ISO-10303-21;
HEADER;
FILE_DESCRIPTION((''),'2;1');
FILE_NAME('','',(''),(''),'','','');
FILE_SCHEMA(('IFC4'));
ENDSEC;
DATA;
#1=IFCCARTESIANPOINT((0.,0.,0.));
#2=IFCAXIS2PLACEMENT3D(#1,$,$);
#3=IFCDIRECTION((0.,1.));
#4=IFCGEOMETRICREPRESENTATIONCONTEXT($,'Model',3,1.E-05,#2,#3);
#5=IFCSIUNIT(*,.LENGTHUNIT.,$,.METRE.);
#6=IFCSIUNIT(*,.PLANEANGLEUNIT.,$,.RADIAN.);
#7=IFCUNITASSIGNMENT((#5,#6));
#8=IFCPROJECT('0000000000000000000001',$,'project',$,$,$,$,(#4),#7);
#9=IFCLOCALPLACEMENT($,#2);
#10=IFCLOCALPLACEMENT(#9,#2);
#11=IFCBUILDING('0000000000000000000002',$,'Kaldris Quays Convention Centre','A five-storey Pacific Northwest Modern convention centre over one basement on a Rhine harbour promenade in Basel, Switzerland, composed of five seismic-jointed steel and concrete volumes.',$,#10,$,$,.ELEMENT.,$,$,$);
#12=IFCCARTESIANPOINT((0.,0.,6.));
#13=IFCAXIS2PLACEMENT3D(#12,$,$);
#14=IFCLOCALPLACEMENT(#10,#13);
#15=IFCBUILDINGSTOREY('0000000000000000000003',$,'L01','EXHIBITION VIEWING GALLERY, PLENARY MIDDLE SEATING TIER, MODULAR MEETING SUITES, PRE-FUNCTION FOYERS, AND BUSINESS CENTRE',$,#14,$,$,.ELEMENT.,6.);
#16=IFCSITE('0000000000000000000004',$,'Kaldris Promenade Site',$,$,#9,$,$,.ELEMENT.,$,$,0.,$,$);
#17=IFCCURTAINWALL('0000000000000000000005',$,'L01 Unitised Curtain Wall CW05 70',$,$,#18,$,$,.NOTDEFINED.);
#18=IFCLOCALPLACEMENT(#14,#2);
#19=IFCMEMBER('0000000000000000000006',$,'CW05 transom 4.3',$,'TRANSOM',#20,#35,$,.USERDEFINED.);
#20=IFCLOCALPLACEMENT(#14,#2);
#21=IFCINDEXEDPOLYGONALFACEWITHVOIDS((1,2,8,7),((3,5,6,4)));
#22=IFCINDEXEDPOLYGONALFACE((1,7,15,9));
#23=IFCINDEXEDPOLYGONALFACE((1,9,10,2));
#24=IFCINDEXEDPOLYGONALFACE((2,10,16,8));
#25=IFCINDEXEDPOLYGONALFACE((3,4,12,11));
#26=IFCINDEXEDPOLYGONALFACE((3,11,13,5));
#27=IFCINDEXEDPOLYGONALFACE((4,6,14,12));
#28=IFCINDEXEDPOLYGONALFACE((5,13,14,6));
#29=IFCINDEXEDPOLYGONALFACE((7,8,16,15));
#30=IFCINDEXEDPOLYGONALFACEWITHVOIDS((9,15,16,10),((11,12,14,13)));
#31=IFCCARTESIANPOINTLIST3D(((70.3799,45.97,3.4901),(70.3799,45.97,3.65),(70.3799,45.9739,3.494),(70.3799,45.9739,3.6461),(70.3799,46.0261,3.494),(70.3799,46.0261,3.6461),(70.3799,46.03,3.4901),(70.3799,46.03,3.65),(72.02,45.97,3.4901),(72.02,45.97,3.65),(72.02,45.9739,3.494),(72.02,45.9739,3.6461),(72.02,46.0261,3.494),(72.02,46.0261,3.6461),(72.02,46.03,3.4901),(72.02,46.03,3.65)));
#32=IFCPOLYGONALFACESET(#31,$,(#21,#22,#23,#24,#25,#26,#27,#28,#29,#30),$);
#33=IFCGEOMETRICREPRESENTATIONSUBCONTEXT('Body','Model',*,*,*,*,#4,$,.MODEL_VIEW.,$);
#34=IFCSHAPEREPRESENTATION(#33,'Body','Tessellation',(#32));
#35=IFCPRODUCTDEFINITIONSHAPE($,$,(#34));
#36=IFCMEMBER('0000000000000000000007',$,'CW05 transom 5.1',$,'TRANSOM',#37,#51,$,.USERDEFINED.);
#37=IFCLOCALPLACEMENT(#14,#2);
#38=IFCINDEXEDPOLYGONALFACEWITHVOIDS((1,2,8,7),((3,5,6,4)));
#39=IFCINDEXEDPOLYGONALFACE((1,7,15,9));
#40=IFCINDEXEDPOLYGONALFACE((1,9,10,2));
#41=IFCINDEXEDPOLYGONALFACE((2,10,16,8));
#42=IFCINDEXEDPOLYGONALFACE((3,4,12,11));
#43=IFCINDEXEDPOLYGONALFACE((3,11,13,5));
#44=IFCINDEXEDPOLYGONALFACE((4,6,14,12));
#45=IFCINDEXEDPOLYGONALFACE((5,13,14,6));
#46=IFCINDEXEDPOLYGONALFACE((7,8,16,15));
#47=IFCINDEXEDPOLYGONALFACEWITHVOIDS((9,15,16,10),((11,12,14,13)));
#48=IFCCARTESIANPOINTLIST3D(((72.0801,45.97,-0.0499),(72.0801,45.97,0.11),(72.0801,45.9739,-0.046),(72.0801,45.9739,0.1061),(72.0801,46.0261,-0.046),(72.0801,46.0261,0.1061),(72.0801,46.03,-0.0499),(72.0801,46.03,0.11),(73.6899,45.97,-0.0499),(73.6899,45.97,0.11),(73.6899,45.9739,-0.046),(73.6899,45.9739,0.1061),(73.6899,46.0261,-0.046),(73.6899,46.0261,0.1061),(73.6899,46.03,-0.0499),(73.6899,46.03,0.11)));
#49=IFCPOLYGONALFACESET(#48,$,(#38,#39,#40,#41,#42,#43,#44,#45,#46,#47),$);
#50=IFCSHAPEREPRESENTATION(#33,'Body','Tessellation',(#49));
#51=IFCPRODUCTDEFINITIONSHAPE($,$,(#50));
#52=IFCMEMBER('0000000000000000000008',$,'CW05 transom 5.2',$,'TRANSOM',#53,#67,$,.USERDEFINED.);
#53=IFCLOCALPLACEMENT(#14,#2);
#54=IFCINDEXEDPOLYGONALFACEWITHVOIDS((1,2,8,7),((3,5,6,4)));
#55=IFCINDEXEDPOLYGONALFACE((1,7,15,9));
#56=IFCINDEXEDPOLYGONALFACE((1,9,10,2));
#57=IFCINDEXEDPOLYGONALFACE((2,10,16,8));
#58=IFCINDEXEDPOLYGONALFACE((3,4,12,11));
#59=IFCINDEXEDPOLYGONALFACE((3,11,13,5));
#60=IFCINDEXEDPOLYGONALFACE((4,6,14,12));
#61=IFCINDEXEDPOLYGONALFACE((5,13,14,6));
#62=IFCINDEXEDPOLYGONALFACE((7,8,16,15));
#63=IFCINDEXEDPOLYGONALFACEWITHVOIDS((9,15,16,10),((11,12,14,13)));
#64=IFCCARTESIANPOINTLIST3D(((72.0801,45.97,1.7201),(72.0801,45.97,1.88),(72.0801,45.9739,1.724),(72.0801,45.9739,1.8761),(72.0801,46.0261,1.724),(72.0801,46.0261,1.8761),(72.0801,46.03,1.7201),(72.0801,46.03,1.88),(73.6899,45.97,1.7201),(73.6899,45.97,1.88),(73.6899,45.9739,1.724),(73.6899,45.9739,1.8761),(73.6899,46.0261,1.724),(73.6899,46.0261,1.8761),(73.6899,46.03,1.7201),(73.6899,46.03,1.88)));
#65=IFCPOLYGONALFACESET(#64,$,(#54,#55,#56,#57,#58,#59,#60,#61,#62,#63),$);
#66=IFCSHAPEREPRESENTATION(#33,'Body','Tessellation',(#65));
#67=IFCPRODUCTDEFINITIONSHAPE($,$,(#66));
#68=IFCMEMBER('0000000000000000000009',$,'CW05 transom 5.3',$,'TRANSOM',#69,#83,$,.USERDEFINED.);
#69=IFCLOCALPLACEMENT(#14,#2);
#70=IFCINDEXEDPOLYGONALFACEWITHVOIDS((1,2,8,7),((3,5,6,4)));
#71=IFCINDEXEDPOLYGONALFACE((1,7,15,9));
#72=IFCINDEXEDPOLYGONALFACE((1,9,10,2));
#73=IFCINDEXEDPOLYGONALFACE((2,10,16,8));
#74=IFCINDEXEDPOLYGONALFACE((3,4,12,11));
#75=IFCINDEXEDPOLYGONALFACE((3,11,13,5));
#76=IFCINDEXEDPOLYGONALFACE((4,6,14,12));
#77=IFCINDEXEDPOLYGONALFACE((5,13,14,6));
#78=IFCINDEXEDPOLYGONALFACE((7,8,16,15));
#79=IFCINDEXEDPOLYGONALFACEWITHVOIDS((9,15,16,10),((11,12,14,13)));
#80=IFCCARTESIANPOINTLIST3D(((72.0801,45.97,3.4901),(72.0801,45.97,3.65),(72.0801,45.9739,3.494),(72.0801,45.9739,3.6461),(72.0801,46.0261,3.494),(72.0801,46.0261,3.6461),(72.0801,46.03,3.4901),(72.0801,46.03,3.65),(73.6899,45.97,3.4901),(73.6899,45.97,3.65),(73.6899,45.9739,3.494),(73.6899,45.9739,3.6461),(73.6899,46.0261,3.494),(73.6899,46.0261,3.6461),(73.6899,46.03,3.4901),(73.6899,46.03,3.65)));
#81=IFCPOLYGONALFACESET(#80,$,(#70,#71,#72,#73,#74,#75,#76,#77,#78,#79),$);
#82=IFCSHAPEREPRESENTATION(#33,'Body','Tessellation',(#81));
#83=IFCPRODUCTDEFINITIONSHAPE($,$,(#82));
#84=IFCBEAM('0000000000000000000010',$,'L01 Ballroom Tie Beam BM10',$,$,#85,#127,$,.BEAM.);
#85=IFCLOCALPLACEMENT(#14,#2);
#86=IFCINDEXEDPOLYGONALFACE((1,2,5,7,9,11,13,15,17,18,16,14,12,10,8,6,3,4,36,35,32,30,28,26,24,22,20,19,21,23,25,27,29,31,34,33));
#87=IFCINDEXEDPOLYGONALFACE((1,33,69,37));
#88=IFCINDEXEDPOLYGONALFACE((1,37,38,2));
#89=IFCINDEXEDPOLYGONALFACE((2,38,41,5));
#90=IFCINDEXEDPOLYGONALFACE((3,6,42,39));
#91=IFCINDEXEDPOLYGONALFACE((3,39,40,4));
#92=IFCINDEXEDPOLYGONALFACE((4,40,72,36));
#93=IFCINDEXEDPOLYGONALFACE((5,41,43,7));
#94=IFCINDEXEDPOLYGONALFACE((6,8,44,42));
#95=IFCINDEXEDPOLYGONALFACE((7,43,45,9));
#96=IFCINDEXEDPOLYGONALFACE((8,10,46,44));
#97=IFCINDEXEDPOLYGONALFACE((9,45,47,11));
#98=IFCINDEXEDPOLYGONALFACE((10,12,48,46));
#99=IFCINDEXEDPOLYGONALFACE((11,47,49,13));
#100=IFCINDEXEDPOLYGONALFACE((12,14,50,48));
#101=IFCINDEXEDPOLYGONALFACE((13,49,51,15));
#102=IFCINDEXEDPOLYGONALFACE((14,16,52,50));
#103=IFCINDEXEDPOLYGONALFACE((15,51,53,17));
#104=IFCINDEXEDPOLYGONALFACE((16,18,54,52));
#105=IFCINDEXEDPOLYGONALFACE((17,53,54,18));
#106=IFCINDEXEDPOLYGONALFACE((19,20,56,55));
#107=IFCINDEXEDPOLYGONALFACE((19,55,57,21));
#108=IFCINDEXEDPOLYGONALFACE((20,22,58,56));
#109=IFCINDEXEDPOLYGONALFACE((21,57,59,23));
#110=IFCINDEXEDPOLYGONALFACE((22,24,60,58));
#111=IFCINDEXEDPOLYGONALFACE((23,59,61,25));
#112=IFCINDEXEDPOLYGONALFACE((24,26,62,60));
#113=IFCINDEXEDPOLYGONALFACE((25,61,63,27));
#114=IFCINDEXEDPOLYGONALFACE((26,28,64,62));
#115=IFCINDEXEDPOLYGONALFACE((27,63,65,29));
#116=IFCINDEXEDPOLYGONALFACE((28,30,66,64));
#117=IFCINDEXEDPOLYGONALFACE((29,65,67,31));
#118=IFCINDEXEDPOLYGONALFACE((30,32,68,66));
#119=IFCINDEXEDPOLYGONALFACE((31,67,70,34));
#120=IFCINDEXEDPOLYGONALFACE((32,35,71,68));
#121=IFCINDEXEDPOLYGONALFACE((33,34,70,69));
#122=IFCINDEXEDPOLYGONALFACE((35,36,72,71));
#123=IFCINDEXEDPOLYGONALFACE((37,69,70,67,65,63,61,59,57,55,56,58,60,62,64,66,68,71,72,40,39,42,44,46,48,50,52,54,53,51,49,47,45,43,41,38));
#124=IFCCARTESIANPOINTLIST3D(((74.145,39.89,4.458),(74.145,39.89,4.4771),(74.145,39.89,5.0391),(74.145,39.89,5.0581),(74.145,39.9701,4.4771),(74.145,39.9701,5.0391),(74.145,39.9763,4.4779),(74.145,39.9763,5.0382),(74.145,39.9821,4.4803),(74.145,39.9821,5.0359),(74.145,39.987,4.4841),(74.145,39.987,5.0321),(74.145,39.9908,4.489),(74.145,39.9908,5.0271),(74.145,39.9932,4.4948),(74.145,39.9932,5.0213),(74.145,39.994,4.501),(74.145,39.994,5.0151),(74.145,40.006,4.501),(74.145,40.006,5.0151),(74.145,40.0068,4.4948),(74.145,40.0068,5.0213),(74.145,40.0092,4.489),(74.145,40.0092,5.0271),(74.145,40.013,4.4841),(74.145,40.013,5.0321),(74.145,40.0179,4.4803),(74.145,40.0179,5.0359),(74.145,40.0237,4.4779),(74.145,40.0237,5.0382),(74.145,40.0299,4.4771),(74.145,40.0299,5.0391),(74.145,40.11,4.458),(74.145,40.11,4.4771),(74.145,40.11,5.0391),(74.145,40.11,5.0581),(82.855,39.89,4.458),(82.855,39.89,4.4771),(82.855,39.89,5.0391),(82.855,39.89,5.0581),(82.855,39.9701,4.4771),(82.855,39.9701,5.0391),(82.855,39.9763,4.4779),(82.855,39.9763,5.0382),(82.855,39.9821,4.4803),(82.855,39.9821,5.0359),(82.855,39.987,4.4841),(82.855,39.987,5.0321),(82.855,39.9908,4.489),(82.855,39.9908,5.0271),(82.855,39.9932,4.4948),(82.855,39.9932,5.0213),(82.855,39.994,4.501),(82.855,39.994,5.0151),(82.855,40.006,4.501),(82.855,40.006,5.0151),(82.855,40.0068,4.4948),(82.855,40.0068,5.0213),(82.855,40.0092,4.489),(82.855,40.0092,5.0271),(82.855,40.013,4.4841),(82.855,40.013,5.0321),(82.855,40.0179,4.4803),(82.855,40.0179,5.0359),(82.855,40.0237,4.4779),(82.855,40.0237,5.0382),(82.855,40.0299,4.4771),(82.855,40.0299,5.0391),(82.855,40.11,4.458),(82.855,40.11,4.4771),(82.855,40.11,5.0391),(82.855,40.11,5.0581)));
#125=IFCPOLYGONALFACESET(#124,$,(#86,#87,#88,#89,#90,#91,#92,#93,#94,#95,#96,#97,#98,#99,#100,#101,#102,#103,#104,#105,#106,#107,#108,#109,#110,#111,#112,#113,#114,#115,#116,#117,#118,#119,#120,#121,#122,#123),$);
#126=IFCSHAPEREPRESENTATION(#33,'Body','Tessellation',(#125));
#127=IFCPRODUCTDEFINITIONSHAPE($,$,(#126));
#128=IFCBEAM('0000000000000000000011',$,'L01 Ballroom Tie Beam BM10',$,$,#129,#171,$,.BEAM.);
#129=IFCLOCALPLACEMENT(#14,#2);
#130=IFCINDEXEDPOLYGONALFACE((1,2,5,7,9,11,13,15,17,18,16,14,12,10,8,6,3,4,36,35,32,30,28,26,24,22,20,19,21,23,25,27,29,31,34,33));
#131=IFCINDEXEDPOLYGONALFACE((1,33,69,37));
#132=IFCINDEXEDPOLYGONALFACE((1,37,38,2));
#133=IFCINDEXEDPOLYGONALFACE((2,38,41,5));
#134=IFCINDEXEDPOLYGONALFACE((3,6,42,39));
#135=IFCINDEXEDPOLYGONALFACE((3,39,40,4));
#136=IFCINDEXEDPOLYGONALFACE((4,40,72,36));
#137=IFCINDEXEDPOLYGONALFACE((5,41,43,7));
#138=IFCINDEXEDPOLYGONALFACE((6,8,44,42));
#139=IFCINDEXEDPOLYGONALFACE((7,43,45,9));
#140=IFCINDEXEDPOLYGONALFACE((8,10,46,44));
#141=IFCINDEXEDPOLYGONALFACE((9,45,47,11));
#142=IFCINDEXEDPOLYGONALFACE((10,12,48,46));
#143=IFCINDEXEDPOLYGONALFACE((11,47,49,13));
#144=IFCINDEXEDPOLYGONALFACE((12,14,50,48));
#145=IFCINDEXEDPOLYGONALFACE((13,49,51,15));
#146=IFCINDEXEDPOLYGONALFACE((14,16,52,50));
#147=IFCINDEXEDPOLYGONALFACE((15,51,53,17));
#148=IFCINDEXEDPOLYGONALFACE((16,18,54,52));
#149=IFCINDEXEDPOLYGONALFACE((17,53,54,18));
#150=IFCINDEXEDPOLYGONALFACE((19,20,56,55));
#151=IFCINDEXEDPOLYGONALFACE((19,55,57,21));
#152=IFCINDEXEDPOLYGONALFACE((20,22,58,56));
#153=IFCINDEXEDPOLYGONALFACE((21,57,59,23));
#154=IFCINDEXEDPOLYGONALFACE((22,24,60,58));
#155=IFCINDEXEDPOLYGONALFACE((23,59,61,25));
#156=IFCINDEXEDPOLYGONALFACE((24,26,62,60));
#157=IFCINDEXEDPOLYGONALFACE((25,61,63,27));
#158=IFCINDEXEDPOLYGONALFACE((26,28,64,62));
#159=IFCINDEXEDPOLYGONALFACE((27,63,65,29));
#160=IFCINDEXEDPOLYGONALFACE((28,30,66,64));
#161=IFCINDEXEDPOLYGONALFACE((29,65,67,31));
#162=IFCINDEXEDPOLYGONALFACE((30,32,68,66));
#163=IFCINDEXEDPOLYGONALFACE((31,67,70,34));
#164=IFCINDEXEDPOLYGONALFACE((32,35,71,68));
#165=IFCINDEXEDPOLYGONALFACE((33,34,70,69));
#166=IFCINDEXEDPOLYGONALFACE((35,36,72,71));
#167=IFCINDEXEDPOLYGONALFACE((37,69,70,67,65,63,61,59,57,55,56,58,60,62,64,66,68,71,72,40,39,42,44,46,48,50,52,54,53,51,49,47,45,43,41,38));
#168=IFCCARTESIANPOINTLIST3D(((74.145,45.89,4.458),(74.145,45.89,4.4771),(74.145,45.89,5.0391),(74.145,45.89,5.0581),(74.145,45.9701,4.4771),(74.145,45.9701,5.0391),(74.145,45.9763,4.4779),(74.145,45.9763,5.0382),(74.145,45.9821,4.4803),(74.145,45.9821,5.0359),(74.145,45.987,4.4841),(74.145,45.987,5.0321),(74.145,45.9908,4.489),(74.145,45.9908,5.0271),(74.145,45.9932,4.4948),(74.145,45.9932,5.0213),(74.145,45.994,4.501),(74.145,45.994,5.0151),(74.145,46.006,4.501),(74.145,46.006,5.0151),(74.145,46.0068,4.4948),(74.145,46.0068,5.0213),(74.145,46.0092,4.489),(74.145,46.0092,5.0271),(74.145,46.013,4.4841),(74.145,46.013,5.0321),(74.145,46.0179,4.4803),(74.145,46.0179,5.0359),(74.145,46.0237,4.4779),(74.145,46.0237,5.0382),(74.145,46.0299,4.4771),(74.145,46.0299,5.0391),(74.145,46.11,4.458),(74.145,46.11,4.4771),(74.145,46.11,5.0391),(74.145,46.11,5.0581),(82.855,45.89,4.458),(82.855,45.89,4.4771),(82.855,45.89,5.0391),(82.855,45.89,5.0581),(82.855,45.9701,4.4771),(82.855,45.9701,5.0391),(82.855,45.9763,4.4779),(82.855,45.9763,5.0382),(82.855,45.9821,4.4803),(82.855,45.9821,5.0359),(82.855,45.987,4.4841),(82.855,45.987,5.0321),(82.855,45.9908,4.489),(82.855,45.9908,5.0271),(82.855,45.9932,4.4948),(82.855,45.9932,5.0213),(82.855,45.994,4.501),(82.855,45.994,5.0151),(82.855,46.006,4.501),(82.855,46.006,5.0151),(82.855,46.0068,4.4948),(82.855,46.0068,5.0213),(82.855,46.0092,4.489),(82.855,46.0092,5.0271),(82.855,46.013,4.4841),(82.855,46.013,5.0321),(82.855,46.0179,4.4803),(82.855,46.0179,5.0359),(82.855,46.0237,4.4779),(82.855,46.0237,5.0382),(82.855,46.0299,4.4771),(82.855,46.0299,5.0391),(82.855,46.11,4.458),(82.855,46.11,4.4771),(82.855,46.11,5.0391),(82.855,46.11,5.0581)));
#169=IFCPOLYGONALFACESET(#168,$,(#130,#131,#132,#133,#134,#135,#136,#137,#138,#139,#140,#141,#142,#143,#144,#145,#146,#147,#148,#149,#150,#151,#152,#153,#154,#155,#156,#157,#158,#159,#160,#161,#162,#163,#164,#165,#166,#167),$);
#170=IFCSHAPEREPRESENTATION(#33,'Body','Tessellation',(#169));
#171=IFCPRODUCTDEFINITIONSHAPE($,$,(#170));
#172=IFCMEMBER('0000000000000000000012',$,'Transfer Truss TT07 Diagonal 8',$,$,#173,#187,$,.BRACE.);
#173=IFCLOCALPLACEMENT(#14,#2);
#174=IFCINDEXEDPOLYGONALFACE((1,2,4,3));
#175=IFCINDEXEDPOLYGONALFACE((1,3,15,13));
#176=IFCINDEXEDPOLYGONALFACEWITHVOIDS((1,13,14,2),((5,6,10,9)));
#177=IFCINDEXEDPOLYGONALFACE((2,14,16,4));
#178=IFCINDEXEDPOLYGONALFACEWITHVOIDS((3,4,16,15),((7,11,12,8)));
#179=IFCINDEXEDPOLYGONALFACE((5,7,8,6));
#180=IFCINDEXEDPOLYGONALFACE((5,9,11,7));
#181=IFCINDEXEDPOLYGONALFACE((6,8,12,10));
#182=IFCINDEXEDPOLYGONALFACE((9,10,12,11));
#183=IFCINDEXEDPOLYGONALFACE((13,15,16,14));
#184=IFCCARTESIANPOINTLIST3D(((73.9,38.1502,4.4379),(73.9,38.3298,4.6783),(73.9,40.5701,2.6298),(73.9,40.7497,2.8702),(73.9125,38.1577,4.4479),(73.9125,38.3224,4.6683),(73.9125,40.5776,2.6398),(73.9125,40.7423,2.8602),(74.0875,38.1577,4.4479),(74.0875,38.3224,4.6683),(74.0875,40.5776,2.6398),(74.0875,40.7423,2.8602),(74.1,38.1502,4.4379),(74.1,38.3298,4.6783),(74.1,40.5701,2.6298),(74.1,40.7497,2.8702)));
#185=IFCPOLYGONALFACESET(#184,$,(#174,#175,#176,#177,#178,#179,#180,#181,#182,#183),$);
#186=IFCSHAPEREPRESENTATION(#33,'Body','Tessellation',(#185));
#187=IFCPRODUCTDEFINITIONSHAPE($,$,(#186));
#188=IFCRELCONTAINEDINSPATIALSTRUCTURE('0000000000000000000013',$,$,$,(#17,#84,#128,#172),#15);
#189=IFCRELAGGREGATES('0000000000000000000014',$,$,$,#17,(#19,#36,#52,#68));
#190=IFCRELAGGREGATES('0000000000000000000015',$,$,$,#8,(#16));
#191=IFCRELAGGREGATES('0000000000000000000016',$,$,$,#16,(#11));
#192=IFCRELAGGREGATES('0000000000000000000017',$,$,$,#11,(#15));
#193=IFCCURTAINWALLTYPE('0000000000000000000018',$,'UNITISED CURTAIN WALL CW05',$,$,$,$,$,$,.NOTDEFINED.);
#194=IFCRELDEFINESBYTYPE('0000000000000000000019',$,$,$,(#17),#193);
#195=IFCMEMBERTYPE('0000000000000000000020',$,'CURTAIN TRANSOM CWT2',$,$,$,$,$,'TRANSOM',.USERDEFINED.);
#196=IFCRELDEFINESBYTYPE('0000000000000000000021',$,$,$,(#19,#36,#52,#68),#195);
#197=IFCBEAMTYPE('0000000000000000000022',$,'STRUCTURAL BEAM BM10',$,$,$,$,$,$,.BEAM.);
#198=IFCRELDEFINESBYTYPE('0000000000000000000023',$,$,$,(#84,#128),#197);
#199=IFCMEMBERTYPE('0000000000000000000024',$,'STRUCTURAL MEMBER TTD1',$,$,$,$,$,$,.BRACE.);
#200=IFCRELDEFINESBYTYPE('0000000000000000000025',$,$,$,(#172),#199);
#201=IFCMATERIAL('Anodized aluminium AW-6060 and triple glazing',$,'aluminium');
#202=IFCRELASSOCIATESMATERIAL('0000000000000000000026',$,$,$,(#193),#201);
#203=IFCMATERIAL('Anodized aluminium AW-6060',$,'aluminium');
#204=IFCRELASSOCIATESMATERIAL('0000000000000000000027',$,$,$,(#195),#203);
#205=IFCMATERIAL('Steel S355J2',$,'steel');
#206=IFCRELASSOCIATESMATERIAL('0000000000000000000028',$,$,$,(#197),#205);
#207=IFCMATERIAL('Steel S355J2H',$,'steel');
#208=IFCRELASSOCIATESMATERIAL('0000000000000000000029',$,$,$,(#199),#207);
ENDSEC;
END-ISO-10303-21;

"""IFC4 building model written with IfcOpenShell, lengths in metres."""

from ifc_helpers import new_model, si_unit, direction, frame, origin, origin_2d, place, context, subcontext, project, spatial, hollow_rectangle, i_section, extrude, material, material_profile, profile_set, type_object, element, aggregate, save


model = new_model("IFC4")

# Units and contexts
model_context = context("Model", 3, precision=1e-05, world=origin(), true_north=direction((0.0, 1.0)))
body_context = subcontext(model_context, "Body", "Model", "MODEL_VIEW")
ifc_project = project(units=[si_unit("LENGTHUNIT", "METRE"), si_unit("PLANEANGLEUNIT", "RADIAN")], contexts=[model_context])

# Site, building, storey
site_placement = place(None, origin())
site = spatial("IfcSite", under=ifc_project, at=site_placement, Name="Kaldris Promenade Site", CompositionType="ELEMENT", RefElevation=0.0)
building_placement = place(site_placement, origin())
building = spatial("IfcBuilding", under=site, at=building_placement, Name="Kaldris Quays Convention Centre", Description="A five-storey Pacific Northwest Modern convention centre over one basement on a Rhine harbour promenade in Basel, Switzerland, composed of five seismic-jointed steel and concrete volumes.", CompositionType="ELEMENT")
storey_placement = place(building_placement, frame((0.0, 0.0, 6.0)))
storey = spatial("IfcBuildingStorey", under=building, at=storey_placement, Name="L01", Description="EXHIBITION VIEWING GALLERY, PLENARY MIDDLE SEATING TIER, MODULAR MEETING SUITES, PRE-FUNCTION FOYERS, AND BUSINESS CENTRE", CompositionType="ELEMENT", Elevation=6.0)

# Curtain wall
ifc_material_1 = material(Name="Anodized aluminium AW-6060 and triple glazing", Category="aluminium")
curtain_wall_type = type_object("IfcCurtainWallType", Name="UNITISED CURTAIN WALL CW05", PredefinedType="NOTDEFINED", material=ifc_material_1)
curtain_wall_1_placement = place(storey_placement, origin())
curtain_wall_1 = element("IfcCurtainWall", 1, at=curtain_wall_1_placement, inside=storey, type_object=curtain_wall_type, Name="L01 Unitised Curtain Wall CW05 70", PredefinedType="NOTDEFINED")
ifc_material_2 = material(Name="Anodized aluminium AW-6060", Category="aluminium")

# Members
ifc_material_profile_1 = material_profile(ifc_material_2, hollow_rectangle(XDim=0.0601, YDim=0.1599, WallThickness=0.0039, at=origin_2d()), Name="RHS 160x60x4")
ifc_profile_set_1 = profile_set([ifc_material_profile_1], Name="Anodized aluminium AW-6060")
member_type_1 = type_object("IfcMemberType", Name="CURTAIN TRANSOM CWT2", ElementType="TRANSOM", PredefinedType="USERDEFINED", material=ifc_profile_set_1)
member_1_placement = place(storey_placement, frame((70.3799, 46.0, 3.5701), z_axis=(1.0, 0.0, 0.0), x_axis=(0.0, 1.0, 0.0)))
member_1 = element("IfcMember", 2, at=member_1_placement, type_object=member_type_1, Name="CW05 transom 4.3", ObjectType="TRANSOM", PredefinedType="USERDEFINED", context=body_context, shape_type="SweptSolid", body=[
    extrude(hollow_rectangle(XDim=0.0601, YDim=0.1599, WallThickness=0.0039, at=origin_2d()), origin(), (0.0, 0.0, 1.0), 1.6401),
])
member_2_placement = place(storey_placement, frame((72.0801, 46.0, 0.03), z_axis=(1.0, 0.0, 0.0), x_axis=(0.0, 1.0, 0.0)))
member_2 = element("IfcMember", 3, at=member_2_placement, type_object=member_type_1, Name="CW05 transom 5.1", ObjectType="TRANSOM", PredefinedType="USERDEFINED", context=body_context, shape_type="SweptSolid", body=[
    extrude(hollow_rectangle(XDim=0.0601, YDim=0.1599, WallThickness=0.0039, at=origin_2d()), origin(), (0.0, 0.0, 1.0), 1.6099),
])
member_3_placement = place(storey_placement, frame((72.0801, 46.0, 1.8), z_axis=(1.0, 0.0, 0.0), x_axis=(0.0, 1.0, 0.0)))
member_3 = element("IfcMember", 4, at=member_3_placement, type_object=member_type_1, Name="CW05 transom 5.2", ObjectType="TRANSOM", PredefinedType="USERDEFINED", context=body_context, shape_type="SweptSolid", body=[
    extrude(hollow_rectangle(XDim=0.0601, YDim=0.1599, WallThickness=0.0039, at=origin_2d()), origin(), (0.0, 0.0, 1.0), 1.6099),
])
member_4_placement = place(storey_placement, frame((72.0801, 46.0, 3.5701), z_axis=(1.0, 0.0, 0.0), x_axis=(0.0, 1.0, 0.0)))
member_4 = element("IfcMember", 5, at=member_4_placement, type_object=member_type_1, Name="CW05 transom 5.3", ObjectType="TRANSOM", PredefinedType="USERDEFINED", context=body_context, shape_type="SweptSolid", body=[
    extrude(hollow_rectangle(XDim=0.0601, YDim=0.1599, WallThickness=0.0039, at=origin_2d()), origin(), (0.0, 0.0, 1.0), 1.6099),
])

# Beams
ifc_material_3 = material(Name="Steel S355J2", Category="steel")
ifc_material_profile_2 = material_profile(ifc_material_3, i_section(OverallWidth=0.22, OverallDepth=0.6001, WebThickness=0.012, FlangeThickness=0.019, FilletRadius=0.0239, at=origin_2d()), Name="IPE 600")
ifc_profile_set_2 = profile_set([ifc_material_profile_2], Name="Steel S355J2")
beam_type = type_object("IfcBeamType", Name="STRUCTURAL BEAM BM10", PredefinedType="BEAM", material=ifc_profile_set_2)
for number, where, z_axis, x_axis, name in (
    (6, (74.145, 40.0, 4.7581), (1.0, 0.0, 0.0), (0.0, 1.0, 0.0), "L01 Ballroom Tie Beam BM10"),
    (7, (74.145, 46.0, 4.7581), (1.0, 0.0, 0.0), (0.0, 1.0, 0.0), "L01 Ballroom Tie Beam BM10"),
):
    element("IfcBeam", number, at=place(storey_placement, frame(where, z_axis=z_axis, x_axis=x_axis)), inside=storey, type_object=beam_type, Name=name, PredefinedType="BEAM", context=body_context, shape_type="SweptSolid", body=[
        extrude(i_section(OverallWidth=0.22, OverallDepth=0.6001, WebThickness=0.012, FlangeThickness=0.019, FilletRadius=0.0239, at=origin_2d()), origin(), (0.0, 0.0, 1.0), 8.71),
    ])

# Member
ifc_material_4 = material(Name="Steel S355J2H", Category="steel")
ifc_material_profile_3 = material_profile(ifc_material_4, hollow_rectangle(XDim=0.2, YDim=0.3, WallThickness=0.0125, at=origin_2d()), Name="RHS 300x200x12.5")
ifc_profile_set_3 = profile_set([ifc_material_profile_3], Name="Steel S355J2H")
member_type_2 = type_object("IfcMemberType", Name="STRUCTURAL MEMBER TTD1", PredefinedType="BRACE", material=ifc_profile_set_3)
member_5_placement = place(storey_placement, frame((74.0, 40.6599, 2.75), z_axis=(0.0, -0.801085, 0.598551), x_axis=(1.0, 0.0, 0.0)))
element("IfcMember", 8, at=member_5_placement, inside=storey, type_object=member_type_2, Name="Transfer Truss TT07 Diagonal 8", PredefinedType="BRACE", context=body_context, shape_type="SweptSolid", body=[
    extrude(hollow_rectangle(XDim=0.2, YDim=0.3, WallThickness=0.0125, at=origin_2d()), origin(), (0.0, 0.0, 1.0), 3.0208),
])

aggregate(curtain_wall_1, [member_1, member_2, member_3, member_4])

save(model, "model.ifc")
